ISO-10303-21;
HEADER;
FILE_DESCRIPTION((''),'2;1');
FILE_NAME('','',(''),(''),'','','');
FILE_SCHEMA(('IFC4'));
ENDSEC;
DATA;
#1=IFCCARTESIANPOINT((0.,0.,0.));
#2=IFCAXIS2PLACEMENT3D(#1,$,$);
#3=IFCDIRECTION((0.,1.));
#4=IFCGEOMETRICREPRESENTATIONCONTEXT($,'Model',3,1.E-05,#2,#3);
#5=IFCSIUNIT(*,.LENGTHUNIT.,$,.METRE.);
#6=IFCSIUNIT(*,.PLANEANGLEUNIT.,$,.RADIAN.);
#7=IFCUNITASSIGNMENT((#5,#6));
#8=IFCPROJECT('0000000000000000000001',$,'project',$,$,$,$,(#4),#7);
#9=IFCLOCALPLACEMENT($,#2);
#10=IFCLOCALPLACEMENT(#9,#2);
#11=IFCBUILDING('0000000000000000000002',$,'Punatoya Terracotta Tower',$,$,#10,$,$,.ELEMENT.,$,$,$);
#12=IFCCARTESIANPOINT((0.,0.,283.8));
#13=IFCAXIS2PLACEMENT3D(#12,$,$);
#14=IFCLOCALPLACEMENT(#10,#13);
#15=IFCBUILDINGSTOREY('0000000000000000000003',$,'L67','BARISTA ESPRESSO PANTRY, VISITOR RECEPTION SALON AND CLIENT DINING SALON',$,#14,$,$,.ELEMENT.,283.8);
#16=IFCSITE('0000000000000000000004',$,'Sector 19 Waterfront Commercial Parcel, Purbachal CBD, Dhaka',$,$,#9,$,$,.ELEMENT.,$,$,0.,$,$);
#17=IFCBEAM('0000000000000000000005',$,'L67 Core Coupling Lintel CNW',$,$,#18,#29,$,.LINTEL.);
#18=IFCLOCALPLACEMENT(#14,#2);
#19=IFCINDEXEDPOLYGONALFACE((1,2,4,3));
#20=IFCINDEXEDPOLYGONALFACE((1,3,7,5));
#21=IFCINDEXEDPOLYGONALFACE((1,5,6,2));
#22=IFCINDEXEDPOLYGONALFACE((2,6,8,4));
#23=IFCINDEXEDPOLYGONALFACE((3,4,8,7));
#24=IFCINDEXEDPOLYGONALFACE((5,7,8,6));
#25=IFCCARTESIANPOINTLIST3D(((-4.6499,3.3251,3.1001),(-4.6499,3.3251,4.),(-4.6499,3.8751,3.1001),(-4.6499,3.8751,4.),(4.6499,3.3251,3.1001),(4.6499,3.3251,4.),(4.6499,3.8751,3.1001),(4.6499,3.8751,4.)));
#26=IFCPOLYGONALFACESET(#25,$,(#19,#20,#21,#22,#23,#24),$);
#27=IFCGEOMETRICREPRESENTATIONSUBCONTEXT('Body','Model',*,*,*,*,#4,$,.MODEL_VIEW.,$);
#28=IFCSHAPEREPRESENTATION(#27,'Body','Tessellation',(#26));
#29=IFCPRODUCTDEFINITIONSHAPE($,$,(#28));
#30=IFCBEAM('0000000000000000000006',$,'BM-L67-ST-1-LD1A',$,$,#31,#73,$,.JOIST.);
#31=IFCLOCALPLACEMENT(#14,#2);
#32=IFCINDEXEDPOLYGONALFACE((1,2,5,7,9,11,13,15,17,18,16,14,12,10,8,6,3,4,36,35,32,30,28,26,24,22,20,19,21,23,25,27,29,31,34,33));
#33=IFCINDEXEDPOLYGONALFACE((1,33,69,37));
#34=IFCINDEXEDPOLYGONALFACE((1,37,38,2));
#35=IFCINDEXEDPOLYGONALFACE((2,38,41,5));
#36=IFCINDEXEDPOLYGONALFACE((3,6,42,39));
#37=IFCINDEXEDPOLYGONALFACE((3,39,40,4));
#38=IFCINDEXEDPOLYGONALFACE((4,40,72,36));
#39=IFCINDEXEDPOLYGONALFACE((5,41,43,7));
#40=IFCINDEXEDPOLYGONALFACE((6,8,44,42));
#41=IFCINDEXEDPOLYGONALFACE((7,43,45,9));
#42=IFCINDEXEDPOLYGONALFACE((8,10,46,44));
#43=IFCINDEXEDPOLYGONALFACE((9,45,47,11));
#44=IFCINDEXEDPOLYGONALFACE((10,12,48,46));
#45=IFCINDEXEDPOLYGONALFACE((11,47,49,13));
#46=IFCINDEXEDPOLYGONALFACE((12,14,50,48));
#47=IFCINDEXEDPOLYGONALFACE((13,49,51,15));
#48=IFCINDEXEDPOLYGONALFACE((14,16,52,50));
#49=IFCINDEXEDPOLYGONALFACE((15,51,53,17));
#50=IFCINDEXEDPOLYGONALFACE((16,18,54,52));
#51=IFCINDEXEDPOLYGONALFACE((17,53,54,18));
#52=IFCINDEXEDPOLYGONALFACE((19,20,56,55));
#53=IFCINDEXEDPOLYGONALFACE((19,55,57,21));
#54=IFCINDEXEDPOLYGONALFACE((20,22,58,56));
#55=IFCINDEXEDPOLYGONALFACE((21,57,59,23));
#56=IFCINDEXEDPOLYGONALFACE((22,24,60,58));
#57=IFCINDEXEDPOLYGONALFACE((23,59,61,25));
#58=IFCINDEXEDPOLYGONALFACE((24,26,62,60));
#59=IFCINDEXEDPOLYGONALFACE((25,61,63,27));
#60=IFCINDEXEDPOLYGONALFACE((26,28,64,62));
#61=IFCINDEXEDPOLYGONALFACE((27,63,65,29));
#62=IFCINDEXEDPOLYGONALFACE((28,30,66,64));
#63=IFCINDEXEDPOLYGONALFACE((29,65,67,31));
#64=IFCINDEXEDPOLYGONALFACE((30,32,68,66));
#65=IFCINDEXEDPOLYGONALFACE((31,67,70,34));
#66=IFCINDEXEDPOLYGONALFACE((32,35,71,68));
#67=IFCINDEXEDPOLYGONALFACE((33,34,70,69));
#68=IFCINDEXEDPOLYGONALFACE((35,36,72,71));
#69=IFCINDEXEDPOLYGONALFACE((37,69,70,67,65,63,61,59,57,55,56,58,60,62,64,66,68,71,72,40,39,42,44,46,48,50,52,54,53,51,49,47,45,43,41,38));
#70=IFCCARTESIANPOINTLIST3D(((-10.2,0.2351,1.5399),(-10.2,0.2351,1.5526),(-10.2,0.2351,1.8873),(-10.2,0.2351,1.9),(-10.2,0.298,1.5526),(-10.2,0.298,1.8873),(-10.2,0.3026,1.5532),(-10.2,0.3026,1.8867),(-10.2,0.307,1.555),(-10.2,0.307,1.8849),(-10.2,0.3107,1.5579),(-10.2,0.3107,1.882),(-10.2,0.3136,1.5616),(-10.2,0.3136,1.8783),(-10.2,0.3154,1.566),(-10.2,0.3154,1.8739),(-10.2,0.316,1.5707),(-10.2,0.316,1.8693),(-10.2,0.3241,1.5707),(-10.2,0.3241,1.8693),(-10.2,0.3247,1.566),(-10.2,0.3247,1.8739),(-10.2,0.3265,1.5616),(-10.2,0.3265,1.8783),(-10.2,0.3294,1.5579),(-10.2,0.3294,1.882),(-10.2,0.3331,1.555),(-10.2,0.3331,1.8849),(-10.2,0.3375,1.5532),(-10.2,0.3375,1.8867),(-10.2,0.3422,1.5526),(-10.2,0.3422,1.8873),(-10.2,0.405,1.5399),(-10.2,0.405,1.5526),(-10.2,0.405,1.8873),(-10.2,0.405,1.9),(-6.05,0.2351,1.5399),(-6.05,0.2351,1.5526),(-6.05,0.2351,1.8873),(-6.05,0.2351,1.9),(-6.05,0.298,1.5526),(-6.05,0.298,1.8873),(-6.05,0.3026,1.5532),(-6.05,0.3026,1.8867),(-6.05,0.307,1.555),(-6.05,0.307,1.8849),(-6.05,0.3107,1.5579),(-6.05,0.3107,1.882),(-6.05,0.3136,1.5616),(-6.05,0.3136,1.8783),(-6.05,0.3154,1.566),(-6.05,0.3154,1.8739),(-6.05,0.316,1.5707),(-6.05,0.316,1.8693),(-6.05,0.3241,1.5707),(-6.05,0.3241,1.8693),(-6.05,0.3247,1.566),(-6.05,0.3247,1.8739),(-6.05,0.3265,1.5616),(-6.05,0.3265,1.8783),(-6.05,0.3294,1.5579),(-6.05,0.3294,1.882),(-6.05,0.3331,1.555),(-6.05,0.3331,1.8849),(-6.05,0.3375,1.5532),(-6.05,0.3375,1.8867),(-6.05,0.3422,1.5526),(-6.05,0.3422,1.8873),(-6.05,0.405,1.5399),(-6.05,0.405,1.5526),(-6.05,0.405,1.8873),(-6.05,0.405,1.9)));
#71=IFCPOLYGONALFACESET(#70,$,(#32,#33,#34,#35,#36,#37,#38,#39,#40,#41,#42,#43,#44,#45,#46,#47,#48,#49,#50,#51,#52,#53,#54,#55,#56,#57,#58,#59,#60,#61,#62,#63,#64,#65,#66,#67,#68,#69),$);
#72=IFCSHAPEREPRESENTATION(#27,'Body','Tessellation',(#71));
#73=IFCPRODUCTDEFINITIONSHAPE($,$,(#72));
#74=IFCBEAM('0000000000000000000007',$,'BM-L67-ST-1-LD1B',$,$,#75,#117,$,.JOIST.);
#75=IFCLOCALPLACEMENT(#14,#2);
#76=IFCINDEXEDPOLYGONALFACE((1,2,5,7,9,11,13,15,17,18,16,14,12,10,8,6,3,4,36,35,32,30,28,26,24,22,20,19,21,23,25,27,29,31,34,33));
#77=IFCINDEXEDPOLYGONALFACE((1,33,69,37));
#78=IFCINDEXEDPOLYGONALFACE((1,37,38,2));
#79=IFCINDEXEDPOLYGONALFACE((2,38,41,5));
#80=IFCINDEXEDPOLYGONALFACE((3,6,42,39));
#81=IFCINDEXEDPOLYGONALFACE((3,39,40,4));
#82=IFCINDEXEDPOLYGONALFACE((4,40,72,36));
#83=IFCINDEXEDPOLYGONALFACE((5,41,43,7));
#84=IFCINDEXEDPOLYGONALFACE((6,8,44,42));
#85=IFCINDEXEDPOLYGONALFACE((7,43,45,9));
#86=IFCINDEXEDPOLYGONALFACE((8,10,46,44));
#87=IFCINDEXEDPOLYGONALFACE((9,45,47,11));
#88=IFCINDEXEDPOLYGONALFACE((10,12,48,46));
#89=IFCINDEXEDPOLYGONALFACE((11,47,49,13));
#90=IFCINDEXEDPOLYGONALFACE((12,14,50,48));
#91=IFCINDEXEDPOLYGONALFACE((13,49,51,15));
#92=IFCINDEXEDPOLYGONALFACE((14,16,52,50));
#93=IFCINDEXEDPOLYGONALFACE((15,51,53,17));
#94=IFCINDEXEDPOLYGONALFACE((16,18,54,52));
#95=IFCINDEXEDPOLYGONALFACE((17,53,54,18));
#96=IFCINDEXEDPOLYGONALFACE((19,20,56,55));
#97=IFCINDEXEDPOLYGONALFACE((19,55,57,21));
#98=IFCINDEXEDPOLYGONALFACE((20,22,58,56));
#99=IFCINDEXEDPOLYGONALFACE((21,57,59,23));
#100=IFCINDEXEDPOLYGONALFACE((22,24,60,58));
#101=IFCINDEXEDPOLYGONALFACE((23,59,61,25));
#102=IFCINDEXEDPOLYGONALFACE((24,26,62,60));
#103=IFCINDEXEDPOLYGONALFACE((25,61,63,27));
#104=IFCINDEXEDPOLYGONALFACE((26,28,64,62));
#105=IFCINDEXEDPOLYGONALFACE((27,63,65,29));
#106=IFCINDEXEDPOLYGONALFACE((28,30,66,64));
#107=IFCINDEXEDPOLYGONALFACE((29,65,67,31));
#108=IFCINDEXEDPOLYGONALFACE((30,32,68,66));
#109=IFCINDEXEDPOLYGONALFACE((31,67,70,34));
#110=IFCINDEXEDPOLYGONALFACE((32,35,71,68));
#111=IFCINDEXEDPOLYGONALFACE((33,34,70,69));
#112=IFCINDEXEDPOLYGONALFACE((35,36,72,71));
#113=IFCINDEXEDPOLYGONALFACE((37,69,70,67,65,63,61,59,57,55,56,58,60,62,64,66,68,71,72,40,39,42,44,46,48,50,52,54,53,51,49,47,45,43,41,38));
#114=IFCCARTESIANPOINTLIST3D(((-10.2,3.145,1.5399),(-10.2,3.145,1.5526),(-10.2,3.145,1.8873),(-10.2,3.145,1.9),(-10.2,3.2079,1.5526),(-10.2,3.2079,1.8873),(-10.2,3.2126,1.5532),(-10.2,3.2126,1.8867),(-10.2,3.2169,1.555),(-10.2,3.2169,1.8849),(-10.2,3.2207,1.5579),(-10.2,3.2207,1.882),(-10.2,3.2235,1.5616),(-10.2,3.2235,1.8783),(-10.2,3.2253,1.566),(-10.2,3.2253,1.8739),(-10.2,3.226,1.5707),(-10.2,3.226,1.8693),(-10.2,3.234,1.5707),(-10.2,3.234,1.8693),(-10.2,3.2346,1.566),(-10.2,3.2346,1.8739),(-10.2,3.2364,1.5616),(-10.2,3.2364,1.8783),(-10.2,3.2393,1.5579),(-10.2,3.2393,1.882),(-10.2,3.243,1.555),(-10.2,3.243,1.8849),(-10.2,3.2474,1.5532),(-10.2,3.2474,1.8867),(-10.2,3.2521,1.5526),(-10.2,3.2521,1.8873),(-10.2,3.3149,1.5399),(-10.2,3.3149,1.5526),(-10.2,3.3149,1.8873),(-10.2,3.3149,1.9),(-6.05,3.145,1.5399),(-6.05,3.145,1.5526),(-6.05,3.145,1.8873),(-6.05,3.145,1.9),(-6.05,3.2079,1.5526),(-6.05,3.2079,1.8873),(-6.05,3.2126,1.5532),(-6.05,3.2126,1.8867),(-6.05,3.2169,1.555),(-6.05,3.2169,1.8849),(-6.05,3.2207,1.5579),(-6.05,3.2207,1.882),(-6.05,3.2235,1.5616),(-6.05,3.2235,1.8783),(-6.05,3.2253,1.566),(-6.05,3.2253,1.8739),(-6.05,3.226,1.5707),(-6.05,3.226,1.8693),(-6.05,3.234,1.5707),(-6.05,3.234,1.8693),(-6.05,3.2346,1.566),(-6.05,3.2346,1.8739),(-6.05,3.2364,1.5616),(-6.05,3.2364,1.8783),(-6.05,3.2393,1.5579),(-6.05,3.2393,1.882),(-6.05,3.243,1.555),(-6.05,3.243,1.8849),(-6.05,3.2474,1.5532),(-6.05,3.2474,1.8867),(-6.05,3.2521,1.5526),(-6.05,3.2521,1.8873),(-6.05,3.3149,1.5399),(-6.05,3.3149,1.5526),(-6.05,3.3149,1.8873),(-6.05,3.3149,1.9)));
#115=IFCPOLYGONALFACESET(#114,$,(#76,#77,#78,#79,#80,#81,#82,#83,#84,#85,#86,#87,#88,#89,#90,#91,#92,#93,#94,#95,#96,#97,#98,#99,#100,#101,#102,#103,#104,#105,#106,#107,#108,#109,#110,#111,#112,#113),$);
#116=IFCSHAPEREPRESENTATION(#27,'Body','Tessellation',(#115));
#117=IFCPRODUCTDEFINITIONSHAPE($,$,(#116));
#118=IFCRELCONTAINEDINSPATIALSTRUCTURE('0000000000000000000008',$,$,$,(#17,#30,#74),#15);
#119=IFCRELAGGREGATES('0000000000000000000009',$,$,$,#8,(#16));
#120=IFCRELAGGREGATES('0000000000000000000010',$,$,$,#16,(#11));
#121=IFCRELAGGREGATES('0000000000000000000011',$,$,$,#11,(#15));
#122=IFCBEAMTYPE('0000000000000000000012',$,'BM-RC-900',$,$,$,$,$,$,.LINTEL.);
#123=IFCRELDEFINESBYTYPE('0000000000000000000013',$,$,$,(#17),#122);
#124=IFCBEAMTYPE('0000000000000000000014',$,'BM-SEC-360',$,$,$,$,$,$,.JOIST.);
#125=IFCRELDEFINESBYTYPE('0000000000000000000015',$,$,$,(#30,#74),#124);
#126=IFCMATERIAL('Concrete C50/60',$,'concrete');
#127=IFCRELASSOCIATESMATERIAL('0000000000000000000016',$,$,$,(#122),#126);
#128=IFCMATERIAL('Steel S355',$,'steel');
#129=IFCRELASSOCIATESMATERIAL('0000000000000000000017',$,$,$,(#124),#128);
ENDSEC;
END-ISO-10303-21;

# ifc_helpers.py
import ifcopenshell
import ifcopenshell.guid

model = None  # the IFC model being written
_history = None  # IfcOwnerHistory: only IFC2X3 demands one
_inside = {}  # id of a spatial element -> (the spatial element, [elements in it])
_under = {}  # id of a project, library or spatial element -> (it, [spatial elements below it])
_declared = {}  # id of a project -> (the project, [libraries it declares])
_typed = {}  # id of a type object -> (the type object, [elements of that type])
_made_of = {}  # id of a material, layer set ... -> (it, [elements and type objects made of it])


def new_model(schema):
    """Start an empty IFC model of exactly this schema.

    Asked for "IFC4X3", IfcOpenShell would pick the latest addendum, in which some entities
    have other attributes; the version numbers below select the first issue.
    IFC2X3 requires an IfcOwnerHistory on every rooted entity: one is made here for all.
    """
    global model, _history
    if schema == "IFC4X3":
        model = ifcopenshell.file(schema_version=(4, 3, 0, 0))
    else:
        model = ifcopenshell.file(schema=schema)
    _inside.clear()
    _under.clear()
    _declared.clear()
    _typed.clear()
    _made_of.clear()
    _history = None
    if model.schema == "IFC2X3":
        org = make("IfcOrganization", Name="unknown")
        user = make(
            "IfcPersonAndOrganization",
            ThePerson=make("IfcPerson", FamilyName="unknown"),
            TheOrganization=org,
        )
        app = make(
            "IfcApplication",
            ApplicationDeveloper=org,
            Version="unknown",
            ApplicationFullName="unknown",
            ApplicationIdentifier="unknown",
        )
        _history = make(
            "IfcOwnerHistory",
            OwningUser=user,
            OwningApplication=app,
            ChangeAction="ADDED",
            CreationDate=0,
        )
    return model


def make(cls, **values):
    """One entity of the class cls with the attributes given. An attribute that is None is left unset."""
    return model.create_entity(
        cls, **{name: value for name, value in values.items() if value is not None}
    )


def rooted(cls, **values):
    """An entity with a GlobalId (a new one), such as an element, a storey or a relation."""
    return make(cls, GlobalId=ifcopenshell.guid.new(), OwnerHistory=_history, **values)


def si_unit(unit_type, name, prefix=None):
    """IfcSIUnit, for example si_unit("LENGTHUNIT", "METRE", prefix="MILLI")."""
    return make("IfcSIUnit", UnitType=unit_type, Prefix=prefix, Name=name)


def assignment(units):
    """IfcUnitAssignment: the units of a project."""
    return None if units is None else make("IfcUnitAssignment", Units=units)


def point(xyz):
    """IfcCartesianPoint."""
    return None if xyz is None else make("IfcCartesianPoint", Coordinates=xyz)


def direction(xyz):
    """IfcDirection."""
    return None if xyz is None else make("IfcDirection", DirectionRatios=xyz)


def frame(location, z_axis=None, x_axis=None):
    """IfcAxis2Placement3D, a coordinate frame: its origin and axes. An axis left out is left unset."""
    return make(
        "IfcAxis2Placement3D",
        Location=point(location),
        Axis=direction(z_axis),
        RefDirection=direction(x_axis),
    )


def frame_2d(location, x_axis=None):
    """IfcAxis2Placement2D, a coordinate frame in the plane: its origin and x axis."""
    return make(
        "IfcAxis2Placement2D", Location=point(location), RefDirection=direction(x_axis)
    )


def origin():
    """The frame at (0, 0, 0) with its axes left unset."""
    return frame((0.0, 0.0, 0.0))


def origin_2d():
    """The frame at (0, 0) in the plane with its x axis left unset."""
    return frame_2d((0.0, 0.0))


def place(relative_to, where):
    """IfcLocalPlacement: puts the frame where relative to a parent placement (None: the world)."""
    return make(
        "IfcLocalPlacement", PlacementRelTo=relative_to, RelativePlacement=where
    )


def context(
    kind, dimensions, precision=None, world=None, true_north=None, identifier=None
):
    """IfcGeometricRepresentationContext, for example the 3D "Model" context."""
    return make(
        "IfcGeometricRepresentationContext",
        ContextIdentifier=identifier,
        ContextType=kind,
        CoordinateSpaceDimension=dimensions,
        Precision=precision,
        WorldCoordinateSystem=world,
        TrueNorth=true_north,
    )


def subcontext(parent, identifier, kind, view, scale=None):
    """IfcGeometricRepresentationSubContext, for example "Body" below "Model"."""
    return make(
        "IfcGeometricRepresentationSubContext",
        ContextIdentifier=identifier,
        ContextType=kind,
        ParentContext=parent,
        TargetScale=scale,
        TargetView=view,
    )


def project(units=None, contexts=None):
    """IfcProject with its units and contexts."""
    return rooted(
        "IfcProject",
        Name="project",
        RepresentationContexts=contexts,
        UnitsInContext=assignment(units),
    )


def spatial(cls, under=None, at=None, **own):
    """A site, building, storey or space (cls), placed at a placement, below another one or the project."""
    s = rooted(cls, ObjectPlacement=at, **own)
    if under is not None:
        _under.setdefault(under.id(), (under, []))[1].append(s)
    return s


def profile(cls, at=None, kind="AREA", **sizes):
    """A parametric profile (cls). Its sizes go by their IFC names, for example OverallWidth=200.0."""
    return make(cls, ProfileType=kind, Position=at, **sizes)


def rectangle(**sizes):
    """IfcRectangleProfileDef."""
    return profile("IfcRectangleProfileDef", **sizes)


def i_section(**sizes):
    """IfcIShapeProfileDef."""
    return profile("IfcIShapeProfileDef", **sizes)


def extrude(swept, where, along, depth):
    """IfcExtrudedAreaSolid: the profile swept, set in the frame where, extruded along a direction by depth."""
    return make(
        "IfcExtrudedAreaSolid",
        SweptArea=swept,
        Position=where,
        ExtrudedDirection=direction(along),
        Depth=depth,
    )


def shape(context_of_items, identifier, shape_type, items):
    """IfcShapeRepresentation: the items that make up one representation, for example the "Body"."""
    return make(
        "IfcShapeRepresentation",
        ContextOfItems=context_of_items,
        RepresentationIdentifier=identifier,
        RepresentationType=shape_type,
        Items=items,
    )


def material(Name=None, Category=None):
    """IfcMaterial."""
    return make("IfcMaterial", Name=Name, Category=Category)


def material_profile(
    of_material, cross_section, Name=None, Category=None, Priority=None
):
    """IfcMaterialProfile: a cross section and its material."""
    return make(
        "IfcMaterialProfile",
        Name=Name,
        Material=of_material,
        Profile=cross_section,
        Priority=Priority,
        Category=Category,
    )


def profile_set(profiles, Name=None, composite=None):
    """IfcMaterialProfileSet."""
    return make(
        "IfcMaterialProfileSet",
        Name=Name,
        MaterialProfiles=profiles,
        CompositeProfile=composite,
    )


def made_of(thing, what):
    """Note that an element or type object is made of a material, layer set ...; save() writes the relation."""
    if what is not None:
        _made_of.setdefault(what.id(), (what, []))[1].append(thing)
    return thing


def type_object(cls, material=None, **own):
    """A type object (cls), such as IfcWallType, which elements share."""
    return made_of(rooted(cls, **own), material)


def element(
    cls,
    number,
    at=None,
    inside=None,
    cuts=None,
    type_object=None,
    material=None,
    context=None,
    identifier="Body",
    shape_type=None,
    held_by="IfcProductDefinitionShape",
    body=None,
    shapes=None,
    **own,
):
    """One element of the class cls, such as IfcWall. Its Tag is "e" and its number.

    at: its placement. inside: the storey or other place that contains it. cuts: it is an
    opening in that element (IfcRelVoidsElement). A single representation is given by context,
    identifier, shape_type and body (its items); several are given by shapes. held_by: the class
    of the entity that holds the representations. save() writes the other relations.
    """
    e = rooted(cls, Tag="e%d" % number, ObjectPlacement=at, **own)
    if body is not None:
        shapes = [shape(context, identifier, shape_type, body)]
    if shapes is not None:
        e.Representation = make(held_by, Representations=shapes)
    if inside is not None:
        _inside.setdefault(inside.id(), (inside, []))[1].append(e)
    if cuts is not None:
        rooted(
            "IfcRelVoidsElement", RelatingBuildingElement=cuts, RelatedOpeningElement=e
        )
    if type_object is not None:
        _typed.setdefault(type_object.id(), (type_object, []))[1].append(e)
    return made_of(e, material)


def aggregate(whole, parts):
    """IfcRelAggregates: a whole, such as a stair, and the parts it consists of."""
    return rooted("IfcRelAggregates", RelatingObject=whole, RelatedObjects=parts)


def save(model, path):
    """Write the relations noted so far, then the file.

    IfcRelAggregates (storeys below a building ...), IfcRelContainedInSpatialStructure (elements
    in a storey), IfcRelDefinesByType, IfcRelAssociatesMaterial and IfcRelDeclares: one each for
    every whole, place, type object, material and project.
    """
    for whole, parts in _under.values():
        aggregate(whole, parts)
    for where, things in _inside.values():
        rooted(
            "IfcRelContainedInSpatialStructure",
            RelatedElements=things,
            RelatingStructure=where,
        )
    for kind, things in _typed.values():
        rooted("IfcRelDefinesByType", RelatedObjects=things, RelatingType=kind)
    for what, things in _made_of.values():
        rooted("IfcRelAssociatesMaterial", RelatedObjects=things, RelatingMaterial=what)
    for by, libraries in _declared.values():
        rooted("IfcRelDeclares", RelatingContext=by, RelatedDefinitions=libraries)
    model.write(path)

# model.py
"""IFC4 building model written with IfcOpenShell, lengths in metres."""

from ifc_helpers import new_model, si_unit, direction, frame, origin, origin_2d, place, context, subcontext, project, spatial, rectangle, i_section, extrude, material, material_profile, profile_set, type_object, element, save


model = new_model("IFC4")

# Units and contexts
model_context = context("Model", 3, precision=1e-05, world=origin(), true_north=direction((0.0, 1.0)))
body_context = subcontext(model_context, "Body", "Model", "MODEL_VIEW")
ifc_project = project(units=[si_unit("LENGTHUNIT", "METRE"), si_unit("PLANEANGLEUNIT", "RADIAN")], contexts=[model_context])

# Site, building, storey
site_placement = place(None, origin())
site = spatial("IfcSite", under=ifc_project, at=site_placement, Name="Sector 19 Waterfront Commercial Parcel, Purbachal CBD, Dhaka", CompositionType="ELEMENT", RefElevation=0.0)
building_placement = place(site_placement, origin())
building = spatial("IfcBuilding", under=site, at=building_placement, Name="Punatoya Terracotta Tower", CompositionType="ELEMENT")
storey_placement = place(building_placement, frame((0.0, 0.0, 283.8)))
storey = spatial("IfcBuildingStorey", under=building, at=storey_placement, Name="L67", Description="BARISTA ESPRESSO PANTRY, VISITOR RECEPTION SALON AND CLIENT DINING SALON", CompositionType="ELEMENT", Elevation=283.8)

# Beams
ifc_material_1 = material(Name="Concrete C50/60", Category="concrete")
ifc_material_profile_1 = material_profile(ifc_material_1, rectangle(XDim=0.55, YDim=0.8999, at=origin_2d()))
ifc_profile_set_1 = profile_set([ifc_material_profile_1], Name="Concrete C50/60")
beam_type_1 = type_object("IfcBeamType", Name="BM-RC-900", PredefinedType="LINTEL", material=ifc_profile_set_1)
beam_placement = place(storey_placement, frame((-4.6499, 3.6001, 3.55), z_axis=(1.0, 0.0, 0.0), x_axis=(0.0, 1.0, 0.0)))
element("IfcBeam", 1, at=beam_placement, inside=storey, type_object=beam_type_1, Name="L67 Core Coupling Lintel CNW", PredefinedType="LINTEL", context=body_context, shape_type="SweptSolid", body=[
    extrude(rectangle(XDim=0.55, YDim=0.8999, at=origin_2d()), origin(), (0.0, 0.0, 1.0), 9.2998),
])
ifc_material_2 = material(Name="Steel S355", Category="steel")
ifc_material_profile_2 = material_profile(ifc_material_2, i_section(OverallWidth=0.1699, OverallDepth=0.3601, WebThickness=0.0081, FlangeThickness=0.0127, FilletRadius=0.0181, at=origin_2d()))
ifc_profile_set_2 = profile_set([ifc_material_profile_2], Name="Steel S355")
beam_type_2 = type_object("IfcBeamType", Name="BM-SEC-360", PredefinedType="JOIST", material=ifc_profile_set_2)
for number, where, z_axis, x_axis, name in (
    (2, (-10.2, 0.3201, 1.72), (1.0, 0.0, 0.0), (0.0, 1.0, 0.0), "BM-L67-ST-1-LD1A"),
    (3, (-10.2, 3.23, 1.72), (1.0, 0.0, 0.0), (0.0, 1.0, 0.0), "BM-L67-ST-1-LD1B"),
):
    element("IfcBeam", number, at=place(storey_placement, frame(where, z_axis=z_axis, x_axis=x_axis)), inside=storey, type_object=beam_type_2, Name=name, PredefinedType="JOIST", context=body_context, shape_type="SweptSolid", body=[
        extrude(i_section(OverallWidth=0.1699, OverallDepth=0.3601, WebThickness=0.0081, FlangeThickness=0.0127, FilletRadius=0.0181, at=origin_2d()), origin(), (0.0, 0.0, 1.0), 4.1499),
    ])

save(model, "model.ifc")
